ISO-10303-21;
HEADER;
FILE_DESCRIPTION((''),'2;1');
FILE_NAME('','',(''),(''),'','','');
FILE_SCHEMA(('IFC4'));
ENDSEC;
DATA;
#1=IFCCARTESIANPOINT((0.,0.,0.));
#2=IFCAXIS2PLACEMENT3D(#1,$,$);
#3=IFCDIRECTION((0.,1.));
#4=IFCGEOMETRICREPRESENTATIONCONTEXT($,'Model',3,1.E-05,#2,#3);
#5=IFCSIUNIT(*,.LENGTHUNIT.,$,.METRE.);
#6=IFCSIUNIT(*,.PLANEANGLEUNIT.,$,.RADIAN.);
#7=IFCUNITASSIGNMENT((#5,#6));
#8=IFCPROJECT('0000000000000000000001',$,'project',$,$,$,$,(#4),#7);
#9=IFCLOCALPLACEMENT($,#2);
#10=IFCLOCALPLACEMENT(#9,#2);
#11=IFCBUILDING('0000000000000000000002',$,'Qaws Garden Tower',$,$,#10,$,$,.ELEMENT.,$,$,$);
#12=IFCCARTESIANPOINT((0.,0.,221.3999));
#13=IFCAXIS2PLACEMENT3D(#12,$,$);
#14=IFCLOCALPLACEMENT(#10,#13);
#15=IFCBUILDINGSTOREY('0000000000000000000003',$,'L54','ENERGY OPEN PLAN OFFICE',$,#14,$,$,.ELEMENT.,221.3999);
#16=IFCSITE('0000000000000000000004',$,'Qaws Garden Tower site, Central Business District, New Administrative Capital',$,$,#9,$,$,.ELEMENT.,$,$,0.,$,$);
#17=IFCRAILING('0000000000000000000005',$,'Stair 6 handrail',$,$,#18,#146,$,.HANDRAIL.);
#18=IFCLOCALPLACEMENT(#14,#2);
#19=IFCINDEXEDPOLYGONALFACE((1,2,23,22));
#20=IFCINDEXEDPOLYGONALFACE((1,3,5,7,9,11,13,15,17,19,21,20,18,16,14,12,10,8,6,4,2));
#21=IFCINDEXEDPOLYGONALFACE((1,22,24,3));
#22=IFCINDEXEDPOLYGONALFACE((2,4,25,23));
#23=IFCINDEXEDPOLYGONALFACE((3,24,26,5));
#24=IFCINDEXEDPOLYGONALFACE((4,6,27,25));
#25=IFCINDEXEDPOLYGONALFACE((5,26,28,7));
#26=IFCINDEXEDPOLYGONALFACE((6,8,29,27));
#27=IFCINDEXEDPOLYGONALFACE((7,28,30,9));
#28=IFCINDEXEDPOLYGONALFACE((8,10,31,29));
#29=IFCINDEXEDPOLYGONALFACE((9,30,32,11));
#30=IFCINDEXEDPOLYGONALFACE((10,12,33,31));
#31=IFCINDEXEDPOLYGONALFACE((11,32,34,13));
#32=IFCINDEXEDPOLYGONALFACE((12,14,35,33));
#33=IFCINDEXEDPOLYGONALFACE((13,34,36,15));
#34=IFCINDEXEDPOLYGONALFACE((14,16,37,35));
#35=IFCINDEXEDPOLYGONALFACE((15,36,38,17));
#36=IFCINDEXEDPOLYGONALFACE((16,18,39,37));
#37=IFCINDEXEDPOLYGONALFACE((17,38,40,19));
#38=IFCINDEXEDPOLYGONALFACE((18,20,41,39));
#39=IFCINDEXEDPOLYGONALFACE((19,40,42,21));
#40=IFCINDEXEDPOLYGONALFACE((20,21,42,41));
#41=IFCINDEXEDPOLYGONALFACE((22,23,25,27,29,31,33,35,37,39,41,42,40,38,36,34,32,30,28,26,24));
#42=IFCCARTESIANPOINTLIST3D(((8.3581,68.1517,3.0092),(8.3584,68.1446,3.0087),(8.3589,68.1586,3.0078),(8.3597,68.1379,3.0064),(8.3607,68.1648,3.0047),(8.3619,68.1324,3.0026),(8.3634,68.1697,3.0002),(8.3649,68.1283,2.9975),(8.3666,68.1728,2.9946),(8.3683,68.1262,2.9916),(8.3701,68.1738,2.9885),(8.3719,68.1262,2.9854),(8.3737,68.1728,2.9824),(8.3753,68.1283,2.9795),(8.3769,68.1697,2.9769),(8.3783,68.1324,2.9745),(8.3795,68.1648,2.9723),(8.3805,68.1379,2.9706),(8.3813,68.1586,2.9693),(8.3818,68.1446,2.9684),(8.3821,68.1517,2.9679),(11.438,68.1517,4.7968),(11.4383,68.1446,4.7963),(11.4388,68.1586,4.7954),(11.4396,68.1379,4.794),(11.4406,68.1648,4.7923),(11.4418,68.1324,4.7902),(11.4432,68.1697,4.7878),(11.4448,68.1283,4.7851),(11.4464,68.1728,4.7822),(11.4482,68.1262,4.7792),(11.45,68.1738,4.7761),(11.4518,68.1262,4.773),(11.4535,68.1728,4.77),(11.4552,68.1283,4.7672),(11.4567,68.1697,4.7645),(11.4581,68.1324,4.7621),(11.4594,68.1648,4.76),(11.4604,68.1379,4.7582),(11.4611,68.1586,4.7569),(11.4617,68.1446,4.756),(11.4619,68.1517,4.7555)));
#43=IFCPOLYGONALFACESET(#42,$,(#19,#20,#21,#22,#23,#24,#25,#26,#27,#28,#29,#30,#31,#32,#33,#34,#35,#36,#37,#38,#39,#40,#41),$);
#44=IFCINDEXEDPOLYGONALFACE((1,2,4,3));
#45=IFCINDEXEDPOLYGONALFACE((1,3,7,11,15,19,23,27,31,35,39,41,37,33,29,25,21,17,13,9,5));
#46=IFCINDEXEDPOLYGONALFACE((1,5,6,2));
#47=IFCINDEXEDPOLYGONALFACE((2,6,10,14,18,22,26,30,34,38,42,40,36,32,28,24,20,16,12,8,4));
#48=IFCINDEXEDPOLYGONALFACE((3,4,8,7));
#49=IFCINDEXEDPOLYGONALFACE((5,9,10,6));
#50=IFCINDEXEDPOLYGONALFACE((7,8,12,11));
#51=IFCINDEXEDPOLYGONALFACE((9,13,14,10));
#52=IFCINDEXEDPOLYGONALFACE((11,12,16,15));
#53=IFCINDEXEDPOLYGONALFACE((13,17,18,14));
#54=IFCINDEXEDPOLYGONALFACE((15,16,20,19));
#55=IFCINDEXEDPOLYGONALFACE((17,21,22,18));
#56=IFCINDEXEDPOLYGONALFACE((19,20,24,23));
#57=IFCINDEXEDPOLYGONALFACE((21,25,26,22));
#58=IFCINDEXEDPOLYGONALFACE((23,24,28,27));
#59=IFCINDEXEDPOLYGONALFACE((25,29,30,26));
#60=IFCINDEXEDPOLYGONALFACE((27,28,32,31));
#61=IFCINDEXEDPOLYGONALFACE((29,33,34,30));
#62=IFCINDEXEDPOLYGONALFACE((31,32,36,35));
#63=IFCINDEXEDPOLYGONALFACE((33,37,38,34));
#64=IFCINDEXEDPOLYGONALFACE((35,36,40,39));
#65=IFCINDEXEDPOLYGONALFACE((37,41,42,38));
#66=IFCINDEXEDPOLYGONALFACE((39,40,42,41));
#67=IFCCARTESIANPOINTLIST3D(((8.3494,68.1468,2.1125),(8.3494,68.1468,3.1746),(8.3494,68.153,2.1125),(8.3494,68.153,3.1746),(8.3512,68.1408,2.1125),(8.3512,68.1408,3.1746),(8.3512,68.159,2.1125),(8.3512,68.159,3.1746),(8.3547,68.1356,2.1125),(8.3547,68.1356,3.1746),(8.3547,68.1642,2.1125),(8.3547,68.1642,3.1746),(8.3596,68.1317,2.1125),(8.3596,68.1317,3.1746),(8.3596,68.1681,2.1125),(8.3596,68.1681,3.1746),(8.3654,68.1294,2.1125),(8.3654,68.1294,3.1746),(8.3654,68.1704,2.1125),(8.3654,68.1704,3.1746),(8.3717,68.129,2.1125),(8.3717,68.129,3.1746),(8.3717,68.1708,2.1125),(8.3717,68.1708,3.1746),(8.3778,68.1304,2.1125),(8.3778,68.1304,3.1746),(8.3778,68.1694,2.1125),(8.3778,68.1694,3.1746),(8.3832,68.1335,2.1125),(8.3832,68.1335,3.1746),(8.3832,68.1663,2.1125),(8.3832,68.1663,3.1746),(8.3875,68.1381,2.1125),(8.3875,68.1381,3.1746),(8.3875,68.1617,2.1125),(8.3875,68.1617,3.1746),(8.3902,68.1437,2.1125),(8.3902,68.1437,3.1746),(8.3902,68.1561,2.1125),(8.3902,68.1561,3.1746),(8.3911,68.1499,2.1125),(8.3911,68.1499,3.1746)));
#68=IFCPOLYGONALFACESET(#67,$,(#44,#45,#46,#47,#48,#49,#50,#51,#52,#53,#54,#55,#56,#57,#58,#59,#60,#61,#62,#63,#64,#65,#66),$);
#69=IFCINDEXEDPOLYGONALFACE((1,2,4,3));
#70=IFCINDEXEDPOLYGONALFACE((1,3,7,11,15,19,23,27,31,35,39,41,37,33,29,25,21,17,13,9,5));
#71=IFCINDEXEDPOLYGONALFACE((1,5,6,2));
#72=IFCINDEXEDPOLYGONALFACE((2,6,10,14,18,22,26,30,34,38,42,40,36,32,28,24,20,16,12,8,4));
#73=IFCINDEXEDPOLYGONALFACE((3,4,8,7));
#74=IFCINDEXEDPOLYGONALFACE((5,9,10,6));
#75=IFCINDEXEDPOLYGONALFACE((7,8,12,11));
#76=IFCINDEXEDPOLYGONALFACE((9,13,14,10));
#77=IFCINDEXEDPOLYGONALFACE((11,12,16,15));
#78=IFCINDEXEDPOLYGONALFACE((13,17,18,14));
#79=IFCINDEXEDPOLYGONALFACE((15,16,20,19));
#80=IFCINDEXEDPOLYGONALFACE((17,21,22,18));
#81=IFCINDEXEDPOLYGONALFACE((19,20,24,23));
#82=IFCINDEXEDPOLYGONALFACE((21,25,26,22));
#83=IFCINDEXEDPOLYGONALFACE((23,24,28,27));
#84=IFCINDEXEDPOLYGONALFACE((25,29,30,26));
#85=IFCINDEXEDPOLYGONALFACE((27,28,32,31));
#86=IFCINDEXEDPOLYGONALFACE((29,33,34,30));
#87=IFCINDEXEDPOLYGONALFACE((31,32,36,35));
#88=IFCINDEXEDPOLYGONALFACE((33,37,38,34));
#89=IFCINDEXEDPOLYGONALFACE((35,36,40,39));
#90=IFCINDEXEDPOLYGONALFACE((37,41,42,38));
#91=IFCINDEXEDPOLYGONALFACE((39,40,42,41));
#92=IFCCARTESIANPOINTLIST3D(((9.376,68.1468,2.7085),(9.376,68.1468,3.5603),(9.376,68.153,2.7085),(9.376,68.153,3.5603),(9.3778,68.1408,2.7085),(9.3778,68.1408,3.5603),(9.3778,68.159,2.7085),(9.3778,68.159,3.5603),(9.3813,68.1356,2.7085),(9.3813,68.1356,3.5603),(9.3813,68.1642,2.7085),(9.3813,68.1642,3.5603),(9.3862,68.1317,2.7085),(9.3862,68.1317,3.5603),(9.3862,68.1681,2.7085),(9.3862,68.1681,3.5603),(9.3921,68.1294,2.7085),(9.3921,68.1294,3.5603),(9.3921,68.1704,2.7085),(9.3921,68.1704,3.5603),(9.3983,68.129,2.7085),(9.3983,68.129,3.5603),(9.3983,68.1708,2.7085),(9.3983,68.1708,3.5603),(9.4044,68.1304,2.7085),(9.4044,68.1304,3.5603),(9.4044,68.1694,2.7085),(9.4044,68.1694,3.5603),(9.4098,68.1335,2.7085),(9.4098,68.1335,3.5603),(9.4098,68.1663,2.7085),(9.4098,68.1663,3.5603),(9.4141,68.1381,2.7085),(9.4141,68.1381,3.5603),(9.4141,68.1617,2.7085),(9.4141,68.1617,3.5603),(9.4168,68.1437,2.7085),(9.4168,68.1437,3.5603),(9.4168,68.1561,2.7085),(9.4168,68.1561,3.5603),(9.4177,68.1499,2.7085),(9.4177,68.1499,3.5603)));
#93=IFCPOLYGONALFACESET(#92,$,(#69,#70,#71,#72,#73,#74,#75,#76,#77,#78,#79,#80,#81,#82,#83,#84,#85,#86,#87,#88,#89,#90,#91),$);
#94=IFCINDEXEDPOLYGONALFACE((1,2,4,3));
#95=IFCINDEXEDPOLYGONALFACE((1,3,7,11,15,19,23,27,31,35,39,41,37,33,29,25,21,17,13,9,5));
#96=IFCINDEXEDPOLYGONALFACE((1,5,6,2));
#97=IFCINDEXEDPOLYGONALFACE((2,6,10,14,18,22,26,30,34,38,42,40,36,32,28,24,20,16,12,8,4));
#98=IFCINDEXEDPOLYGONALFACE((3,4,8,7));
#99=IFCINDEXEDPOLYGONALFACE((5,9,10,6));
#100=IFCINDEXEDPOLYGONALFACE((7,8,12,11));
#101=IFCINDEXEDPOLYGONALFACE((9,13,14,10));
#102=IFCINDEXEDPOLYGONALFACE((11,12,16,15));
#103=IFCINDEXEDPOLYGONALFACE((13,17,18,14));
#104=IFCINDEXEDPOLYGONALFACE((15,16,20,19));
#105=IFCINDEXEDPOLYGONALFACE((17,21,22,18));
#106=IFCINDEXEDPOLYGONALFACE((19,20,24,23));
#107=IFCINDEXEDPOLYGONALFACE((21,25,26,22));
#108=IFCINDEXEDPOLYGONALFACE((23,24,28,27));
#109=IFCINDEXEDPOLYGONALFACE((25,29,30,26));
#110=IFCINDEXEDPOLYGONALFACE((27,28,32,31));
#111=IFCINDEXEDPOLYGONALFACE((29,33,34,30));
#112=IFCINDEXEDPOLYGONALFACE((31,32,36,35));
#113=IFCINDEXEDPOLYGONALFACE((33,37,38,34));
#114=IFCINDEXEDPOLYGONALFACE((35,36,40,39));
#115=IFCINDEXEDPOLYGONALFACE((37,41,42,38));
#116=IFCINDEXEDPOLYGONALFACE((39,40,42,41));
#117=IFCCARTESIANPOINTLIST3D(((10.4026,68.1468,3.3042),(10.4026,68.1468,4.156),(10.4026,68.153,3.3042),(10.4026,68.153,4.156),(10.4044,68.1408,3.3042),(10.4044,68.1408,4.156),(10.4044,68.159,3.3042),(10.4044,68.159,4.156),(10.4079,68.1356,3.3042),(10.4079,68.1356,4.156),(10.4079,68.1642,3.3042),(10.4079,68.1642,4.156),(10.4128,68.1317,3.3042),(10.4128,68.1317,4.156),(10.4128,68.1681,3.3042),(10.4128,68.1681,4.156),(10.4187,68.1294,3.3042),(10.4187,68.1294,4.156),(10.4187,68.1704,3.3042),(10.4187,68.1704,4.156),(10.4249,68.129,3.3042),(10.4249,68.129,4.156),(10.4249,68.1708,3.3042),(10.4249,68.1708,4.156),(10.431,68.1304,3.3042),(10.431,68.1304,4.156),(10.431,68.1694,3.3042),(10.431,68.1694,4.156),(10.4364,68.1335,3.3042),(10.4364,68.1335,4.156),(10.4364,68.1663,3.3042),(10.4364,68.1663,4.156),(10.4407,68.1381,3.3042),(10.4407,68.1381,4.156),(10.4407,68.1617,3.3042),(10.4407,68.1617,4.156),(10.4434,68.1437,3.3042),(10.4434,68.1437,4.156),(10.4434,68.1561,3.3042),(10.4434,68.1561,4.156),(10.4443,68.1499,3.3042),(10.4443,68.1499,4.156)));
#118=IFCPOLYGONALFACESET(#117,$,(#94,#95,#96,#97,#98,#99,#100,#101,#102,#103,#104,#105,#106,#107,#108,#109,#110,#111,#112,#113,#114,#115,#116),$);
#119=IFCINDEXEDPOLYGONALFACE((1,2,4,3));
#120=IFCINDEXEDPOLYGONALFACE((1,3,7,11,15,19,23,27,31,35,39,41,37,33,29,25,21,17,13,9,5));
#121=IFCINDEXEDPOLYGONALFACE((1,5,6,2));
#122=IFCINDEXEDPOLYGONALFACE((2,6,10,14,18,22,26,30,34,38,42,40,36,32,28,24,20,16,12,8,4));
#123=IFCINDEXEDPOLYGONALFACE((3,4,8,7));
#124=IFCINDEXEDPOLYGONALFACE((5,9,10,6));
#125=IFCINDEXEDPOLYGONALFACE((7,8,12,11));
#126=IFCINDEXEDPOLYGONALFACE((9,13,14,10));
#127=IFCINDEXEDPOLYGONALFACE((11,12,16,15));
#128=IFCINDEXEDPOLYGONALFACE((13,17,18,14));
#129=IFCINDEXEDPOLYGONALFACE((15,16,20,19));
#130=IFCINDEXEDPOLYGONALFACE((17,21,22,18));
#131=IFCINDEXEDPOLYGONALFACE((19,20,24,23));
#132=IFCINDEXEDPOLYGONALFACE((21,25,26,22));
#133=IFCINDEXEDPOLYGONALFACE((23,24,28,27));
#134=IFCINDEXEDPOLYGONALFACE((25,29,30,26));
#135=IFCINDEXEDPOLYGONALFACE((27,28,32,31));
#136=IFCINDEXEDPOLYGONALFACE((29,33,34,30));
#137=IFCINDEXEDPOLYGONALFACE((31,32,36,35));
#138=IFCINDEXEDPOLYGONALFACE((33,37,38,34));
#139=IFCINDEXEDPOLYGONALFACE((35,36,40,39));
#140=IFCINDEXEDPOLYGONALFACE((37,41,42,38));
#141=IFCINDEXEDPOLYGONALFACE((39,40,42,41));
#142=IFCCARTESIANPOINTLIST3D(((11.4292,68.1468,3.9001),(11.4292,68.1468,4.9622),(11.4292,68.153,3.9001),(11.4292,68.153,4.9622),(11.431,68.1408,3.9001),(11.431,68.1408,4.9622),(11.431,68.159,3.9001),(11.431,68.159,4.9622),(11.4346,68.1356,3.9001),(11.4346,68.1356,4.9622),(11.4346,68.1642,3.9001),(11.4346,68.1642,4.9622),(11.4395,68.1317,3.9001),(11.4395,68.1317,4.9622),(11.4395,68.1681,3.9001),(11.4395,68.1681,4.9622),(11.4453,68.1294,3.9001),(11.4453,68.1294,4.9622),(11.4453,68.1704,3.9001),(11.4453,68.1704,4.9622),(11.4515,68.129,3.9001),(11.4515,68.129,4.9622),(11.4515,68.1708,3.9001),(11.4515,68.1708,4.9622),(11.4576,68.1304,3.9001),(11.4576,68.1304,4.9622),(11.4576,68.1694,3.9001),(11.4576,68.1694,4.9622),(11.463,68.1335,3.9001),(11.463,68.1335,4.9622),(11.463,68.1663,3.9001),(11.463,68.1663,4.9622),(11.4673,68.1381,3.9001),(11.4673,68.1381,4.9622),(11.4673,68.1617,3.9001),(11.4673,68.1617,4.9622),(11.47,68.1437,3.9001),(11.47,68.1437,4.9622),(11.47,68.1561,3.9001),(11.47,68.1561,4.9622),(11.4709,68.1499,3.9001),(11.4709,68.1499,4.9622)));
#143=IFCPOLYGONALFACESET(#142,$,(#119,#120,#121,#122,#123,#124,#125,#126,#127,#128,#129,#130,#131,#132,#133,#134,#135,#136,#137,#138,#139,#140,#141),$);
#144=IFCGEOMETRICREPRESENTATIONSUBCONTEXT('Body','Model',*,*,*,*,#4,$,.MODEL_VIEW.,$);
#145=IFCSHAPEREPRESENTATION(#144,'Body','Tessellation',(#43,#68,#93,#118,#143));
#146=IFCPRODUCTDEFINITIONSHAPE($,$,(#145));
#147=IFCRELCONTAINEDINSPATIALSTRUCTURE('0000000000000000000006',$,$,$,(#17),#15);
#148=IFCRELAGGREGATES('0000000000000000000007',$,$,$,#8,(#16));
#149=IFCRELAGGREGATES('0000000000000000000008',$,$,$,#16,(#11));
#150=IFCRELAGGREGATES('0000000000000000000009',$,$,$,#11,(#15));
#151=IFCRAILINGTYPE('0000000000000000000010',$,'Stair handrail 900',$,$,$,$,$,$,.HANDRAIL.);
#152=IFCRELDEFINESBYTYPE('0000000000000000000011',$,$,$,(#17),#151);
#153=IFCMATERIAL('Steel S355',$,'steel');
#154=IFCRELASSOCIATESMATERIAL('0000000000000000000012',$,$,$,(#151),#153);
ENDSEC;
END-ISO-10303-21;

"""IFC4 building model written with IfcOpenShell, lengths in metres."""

from ifc_helpers import new_model, si_unit, direction, frame, origin, origin_2d, place, context, subcontext, project, spatial, circle, extrude, material, type_object, element, save


model = new_model("IFC4")

# Units and contexts
model_context = context("Model", 3, precision=1e-05, world=origin(), true_north=direction((0.0, 1.0)))
body_context = subcontext(model_context, "Body", "Model", "MODEL_VIEW")
ifc_project = project(units=[si_unit("LENGTHUNIT", "METRE"), si_unit("PLANEANGLEUNIT", "RADIAN")], contexts=[model_context])

# Site, building, storey
site_placement = place(None, origin())
site = spatial("IfcSite", under=ifc_project, at=site_placement, Name="Qaws Garden Tower site, Central Business District, New Administrative Capital", CompositionType="ELEMENT", RefElevation=0.0)
building_placement = place(site_placement, origin())
building = spatial("IfcBuilding", under=site, at=building_placement, Name="Qaws Garden Tower", CompositionType="ELEMENT")
storey_placement = place(building_placement, frame((0.0, 0.0, 221.3999)))
storey = spatial("IfcBuildingStorey", under=building, at=storey_placement, Name="L54", Description="ENERGY OPEN PLAN OFFICE", CompositionType="ELEMENT", Elevation=221.3999)

# Railing
ifc_material_1 = material(Name="Steel S355", Category="steel")
railing_type = type_object("IfcRailingType", Name="Stair handrail 900", PredefinedType="HANDRAIL", material=ifc_material_1)
railing_1_placement = place(storey_placement, frame((8.3701, 68.1499, 2.1125)))
element("IfcRailing", 1, at=railing_1_placement, inside=storey, type_object=railing_type, Name="Stair 6 handrail", PredefinedType="HANDRAIL", context=body_context, shape_type="SweptSolid", body=[
    extrude(circle(Radius=0.0239, at=origin_2d()), frame((0.0, 0.0, 0.876), z_axis=(0.864873, 0.0, 0.50199), x_axis=(0.0, 1.0, 0.0)), (0.0, 0.0, 1.0), 3.561),
    extrude(circle(Radius=0.021, at=origin_2d()), origin(), (0.0, 0.0, 1.0), 1.062),
    extrude(circle(Radius=0.021, at=origin_2d()), frame((1.0266, 0.0, 0.5959)), (0.0, 0.0, 1.0), 0.8518),
    extrude(circle(Radius=0.021, at=origin_2d()), frame((2.0532, 0.0, 1.1917)), (0.0, 0.0, 1.0), 0.8518),
    extrude(circle(Radius=0.021, at=origin_2d()), frame((3.0798, 0.0, 1.7876)), (0.0, 0.0, 1.0), 1.062),
])

save(model, "model.ifc")
